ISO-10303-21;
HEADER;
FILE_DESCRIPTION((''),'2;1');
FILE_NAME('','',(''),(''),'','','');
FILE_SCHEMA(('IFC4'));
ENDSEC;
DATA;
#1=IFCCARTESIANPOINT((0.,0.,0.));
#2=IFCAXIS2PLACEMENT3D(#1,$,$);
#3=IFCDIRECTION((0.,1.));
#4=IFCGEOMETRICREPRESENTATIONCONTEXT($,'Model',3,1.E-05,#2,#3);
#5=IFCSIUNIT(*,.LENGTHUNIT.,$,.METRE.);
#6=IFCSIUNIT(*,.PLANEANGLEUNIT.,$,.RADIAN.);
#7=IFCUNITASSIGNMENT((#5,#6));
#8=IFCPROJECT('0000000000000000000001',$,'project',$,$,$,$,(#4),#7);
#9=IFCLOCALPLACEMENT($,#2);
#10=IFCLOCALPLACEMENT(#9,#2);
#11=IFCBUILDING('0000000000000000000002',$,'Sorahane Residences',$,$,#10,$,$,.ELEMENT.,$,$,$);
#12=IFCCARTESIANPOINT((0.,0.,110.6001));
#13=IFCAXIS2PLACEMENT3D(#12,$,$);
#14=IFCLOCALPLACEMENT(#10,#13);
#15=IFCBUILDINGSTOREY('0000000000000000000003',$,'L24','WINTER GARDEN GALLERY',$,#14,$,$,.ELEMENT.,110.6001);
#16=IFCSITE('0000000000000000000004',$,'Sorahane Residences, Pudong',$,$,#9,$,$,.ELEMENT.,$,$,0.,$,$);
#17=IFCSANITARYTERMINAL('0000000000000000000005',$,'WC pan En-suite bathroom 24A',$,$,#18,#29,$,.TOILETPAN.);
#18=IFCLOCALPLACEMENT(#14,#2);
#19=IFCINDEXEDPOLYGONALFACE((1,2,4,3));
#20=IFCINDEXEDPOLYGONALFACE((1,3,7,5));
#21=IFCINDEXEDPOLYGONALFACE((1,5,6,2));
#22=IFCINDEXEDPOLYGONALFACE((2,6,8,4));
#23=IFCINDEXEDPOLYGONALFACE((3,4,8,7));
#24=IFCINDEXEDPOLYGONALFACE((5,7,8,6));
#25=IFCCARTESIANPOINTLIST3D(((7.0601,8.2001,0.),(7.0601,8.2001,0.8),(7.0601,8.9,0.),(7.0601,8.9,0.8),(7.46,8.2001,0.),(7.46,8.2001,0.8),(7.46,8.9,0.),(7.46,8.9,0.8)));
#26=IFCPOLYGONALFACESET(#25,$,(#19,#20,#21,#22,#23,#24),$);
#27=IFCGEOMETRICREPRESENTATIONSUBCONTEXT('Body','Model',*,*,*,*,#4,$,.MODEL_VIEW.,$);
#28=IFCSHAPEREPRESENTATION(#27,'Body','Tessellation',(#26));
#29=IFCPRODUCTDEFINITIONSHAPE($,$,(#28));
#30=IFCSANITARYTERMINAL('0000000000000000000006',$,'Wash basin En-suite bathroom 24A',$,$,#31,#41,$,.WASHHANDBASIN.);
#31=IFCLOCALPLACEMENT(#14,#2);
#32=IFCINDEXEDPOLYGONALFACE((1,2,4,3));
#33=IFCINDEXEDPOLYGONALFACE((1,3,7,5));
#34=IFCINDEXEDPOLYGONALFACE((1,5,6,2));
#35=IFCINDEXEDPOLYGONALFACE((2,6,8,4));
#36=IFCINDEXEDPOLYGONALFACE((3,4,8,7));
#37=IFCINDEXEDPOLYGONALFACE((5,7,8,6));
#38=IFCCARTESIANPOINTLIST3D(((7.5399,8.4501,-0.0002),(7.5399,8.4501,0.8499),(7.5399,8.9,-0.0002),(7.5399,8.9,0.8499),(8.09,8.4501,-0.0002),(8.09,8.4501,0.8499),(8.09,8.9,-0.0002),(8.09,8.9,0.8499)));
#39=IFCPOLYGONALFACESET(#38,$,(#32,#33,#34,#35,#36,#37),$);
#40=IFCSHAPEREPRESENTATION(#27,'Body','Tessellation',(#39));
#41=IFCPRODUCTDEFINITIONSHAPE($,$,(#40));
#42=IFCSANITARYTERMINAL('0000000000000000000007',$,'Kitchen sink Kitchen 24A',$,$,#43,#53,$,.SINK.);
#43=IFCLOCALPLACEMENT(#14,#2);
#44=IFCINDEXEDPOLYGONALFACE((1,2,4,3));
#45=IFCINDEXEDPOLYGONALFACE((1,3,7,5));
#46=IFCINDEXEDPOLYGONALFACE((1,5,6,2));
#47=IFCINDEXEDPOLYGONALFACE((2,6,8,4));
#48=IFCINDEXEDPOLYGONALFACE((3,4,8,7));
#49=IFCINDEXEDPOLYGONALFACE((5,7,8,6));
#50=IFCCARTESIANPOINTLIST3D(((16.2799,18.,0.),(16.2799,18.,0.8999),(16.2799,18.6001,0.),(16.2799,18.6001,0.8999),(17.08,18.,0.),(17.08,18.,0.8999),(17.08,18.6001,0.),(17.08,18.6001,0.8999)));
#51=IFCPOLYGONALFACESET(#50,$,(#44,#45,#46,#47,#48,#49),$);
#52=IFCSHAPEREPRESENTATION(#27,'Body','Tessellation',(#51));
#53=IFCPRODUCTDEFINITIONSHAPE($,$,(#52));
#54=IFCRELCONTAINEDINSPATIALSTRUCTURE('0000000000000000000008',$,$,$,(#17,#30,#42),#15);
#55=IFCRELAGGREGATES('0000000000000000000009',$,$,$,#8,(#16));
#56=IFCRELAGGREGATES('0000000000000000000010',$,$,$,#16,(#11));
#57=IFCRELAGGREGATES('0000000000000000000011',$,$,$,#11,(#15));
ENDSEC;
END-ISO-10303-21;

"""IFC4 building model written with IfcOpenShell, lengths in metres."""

from ifc_helpers import new_model, si_unit, direction, frame, origin, origin_2d, place, context, subcontext, project, spatial, rectangle, extrude, element, save


model = new_model("IFC4")

# Units and contexts
model_context = context("Model", 3, precision=1e-05, world=origin(), true_north=direction((0.0, 1.0)))
body_context = subcontext(model_context, "Body", "Model", "MODEL_VIEW")
ifc_project = project(units=[si_unit("LENGTHUNIT", "METRE"), si_unit("PLANEANGLEUNIT", "RADIAN")], contexts=[model_context])

# Site, building, storey
site_placement = place(None, origin())
site = spatial("IfcSite", under=ifc_project, at=site_placement, Name="Sorahane Residences, Pudong", CompositionType="ELEMENT", RefElevation=0.0)
building_placement = place(site_placement, origin())
building = spatial("IfcBuilding", under=site, at=building_placement, Name="Sorahane Residences", CompositionType="ELEMENT")
storey_placement = place(building_placement, frame((0.0, 0.0, 110.6001)))
storey = spatial("IfcBuildingStorey", under=building, at=storey_placement, Name="L24", Description="WINTER GARDEN GALLERY", CompositionType="ELEMENT", Elevation=110.6001)

# Sanitary terminals
sanitary_terminal_1_placement = place(storey_placement, frame((7.26, 8.55, 0.0), z_axis=(0.0, 0.0, 1.0), x_axis=(1.0, 0.0, 0.0)))
element("IfcSanitaryTerminal", 1, at=sanitary_terminal_1_placement, inside=storey, Name="WC pan En-suite bathroom 24A", PredefinedType="TOILETPAN", context=body_context, shape_type="SweptSolid", body=[
    extrude(rectangle(XDim=0.3999, YDim=0.7, at=origin_2d()), origin(), (0.0, 0.0, 1.0), 0.8),
])
sanitary_terminal_2_placement = place(storey_placement, frame((7.8149, 8.675, -0.0002), z_axis=(0.0, 0.0, 1.0), x_axis=(1.0, 0.0, 0.0)))
element("IfcSanitaryTerminal", 2, at=sanitary_terminal_2_placement, inside=storey, Name="Wash basin En-suite bathroom 24A", PredefinedType="WASHHANDBASIN", context=body_context, shape_type="SweptSolid", body=[
    extrude(rectangle(XDim=0.55, YDim=0.45, at=origin_2d()), origin(), (0.0, 0.0, 1.0), 0.8501),
])
sanitary_terminal_3_placement = place(storey_placement, frame((16.6799, 18.3, 0.0), z_axis=(0.0, 0.0, 1.0), x_axis=(1.0, 0.0, 0.0)))
element("IfcSanitaryTerminal", 3, at=sanitary_terminal_3_placement, inside=storey, Name="Kitchen sink Kitchen 24A", PredefinedType="SINK", context=body_context, shape_type="SweptSolid", body=[
    extrude(rectangle(XDim=0.8, YDim=0.6001, at=origin_2d()), origin(), (0.0, 0.0, 1.0), 0.8999),
])

save(model, "model.ifc")
